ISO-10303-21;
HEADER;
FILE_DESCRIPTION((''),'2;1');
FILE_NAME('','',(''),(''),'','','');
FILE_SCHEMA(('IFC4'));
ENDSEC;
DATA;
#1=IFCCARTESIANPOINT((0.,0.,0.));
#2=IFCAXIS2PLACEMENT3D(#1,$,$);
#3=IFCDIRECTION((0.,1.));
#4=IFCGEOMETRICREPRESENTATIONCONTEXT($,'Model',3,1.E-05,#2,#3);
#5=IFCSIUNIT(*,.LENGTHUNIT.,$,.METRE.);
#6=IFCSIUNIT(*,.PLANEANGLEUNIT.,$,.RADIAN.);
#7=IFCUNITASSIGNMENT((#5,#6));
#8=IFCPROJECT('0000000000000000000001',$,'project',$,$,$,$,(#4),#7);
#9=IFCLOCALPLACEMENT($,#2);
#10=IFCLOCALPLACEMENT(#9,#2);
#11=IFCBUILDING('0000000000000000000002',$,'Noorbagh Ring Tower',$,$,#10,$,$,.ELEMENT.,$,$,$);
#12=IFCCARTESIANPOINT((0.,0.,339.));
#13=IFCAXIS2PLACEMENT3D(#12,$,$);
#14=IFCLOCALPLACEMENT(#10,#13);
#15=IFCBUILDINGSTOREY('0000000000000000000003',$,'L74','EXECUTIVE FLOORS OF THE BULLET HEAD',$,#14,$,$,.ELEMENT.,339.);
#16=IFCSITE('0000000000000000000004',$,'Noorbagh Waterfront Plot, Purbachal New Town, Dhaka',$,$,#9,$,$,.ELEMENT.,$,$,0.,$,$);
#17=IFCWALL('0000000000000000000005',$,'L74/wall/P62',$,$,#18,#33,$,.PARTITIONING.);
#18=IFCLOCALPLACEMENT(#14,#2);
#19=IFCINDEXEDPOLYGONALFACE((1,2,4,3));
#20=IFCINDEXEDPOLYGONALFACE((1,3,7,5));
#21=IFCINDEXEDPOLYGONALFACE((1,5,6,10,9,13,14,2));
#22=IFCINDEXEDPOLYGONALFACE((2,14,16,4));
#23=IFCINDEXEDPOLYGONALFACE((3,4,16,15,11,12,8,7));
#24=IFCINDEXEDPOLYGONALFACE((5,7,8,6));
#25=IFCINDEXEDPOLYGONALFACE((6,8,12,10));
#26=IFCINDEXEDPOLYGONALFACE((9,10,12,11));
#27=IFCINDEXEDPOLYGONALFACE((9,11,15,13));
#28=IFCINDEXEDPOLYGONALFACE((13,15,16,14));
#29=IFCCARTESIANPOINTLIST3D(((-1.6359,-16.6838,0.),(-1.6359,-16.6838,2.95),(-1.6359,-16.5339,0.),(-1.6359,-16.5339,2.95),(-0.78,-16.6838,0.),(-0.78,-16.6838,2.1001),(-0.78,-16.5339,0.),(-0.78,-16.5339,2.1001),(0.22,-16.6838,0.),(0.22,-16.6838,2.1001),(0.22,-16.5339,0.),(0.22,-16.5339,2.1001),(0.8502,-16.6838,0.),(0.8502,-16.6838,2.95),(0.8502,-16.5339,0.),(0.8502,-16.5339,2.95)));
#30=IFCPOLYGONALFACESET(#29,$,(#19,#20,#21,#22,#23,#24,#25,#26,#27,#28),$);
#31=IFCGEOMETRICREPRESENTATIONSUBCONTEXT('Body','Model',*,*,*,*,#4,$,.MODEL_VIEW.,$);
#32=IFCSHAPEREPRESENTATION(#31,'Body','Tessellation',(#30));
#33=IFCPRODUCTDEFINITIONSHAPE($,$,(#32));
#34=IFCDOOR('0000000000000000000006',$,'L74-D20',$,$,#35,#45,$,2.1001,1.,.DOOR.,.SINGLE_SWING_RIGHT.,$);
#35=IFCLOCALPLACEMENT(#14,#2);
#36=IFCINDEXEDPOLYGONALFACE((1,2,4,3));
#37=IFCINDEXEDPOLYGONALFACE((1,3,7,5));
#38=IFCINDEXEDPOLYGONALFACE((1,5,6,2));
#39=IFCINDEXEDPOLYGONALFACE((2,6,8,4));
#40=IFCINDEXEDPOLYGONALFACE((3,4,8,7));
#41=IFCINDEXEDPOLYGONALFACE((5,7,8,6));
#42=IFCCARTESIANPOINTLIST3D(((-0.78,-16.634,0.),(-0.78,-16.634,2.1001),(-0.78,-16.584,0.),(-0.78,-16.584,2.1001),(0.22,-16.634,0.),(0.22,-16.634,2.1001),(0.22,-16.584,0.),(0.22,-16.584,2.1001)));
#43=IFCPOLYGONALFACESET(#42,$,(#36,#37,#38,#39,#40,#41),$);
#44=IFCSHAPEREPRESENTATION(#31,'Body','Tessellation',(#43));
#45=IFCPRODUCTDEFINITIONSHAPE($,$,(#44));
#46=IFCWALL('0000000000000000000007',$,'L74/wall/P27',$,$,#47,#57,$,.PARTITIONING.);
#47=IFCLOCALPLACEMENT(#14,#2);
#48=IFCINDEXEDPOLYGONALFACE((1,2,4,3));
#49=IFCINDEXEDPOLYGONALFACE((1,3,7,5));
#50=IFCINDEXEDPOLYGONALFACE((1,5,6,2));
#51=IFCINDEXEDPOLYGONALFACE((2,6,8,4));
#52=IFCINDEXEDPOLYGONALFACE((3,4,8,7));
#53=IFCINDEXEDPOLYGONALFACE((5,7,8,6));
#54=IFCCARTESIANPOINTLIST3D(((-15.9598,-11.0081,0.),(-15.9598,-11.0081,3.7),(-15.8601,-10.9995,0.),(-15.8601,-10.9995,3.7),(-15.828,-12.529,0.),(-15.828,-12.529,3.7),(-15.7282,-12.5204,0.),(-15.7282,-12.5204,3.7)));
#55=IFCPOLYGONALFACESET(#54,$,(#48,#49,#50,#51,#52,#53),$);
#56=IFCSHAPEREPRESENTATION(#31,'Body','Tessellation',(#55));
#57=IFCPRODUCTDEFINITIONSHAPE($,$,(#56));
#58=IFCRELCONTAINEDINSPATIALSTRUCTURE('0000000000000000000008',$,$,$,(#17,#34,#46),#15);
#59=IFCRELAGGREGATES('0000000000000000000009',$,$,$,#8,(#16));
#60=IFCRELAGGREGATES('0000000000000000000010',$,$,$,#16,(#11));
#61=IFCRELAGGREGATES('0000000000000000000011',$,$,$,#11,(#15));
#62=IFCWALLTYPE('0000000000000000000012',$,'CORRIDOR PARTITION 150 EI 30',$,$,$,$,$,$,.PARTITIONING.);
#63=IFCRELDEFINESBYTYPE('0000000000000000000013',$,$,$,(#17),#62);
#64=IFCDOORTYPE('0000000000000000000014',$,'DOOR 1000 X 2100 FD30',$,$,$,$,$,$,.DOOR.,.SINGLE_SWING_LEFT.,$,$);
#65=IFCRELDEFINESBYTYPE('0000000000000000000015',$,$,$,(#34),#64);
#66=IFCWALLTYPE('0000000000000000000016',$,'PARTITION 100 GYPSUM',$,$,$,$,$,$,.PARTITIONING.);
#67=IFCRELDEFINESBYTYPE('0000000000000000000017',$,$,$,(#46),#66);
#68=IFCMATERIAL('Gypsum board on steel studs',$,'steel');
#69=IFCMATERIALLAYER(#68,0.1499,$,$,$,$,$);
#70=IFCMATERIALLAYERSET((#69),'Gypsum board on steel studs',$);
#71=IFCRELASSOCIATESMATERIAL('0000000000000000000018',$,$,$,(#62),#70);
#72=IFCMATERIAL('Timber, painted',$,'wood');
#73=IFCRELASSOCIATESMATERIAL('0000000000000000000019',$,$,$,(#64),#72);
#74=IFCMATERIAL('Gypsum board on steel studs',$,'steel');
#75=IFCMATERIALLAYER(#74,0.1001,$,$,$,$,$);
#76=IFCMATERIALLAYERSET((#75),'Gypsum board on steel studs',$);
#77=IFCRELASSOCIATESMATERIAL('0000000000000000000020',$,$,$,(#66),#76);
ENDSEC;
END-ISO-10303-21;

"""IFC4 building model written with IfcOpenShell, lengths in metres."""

from ifc_helpers import new_model, si_unit, direction, frame, frame_2d, origin, place, context, subcontext, project, spatial, rectangle, extrude, material, layer, layer_set, type_object, element, fill, save


model = new_model("IFC4")

# Units and contexts
model_context = context("Model", 3, precision=1e-05, world=origin(), true_north=direction((0.0, 1.0)))
body_context = subcontext(model_context, "Body", "Model", "MODEL_VIEW")
ifc_project = project(units=[si_unit("LENGTHUNIT", "METRE"), si_unit("PLANEANGLEUNIT", "RADIAN")], contexts=[model_context])

# Site, building, storey
site_placement = place(None, origin())
site = spatial("IfcSite", under=ifc_project, at=site_placement, Name="Noorbagh Waterfront Plot, Purbachal New Town, Dhaka", CompositionType="ELEMENT", RefElevation=0.0)
building_placement = place(site_placement, origin())
building = spatial("IfcBuilding", under=site, at=building_placement, Name="Noorbagh Ring Tower", CompositionType="ELEMENT")
storey_placement = place(building_placement, frame((0.0, 0.0, 339.0)))
storey = spatial("IfcBuildingStorey", under=building, at=storey_placement, Name="L74", Description="EXECUTIVE FLOORS OF THE BULLET HEAD", CompositionType="ELEMENT", Elevation=339.0)

# Shared definitions
ifc_material_1 = material(Name="Gypsum board on steel studs", Category="steel")
ifc_layer_1 = layer(ifc_material_1, 0.1499)
ifc_layer_set_1 = layer_set([ifc_layer_1], Name="Gypsum board on steel studs")
wall_type_1 = type_object("IfcWallType", Name="CORRIDOR PARTITION 150 EI 30", PredefinedType="PARTITIONING", material=ifc_layer_set_1)

# Shared definitions
ifc_material_2 = material(Name="Timber, painted", Category="wood")
door_type = type_object("IfcDoorType", Name="DOOR 1000 X 2100 FD30", OperationType="SINGLE_SWING_LEFT", PredefinedType="DOOR", material=ifc_material_2)

# Wall, opening, door
wall_1_placement = place(storey_placement, frame((-1.636, -16.6089, 0.0), z_axis=(0.0, 0.0, 1.0), x_axis=(1.0, 0.0, 0.0)))
wall_1 = element("IfcWall", 1, at=wall_1_placement, inside=storey, type_object=wall_type_1, Name="L74/wall/P62", PredefinedType="PARTITIONING", context=body_context, shape_type="SweptSolid", body=[
    extrude(rectangle(XDim=2.4861, YDim=0.1499, at=frame_2d((1.2432, 0.0))), origin(), (0.0, 0.0, 1.0), 2.95),
])
opening_1_placement = place(wall_1_placement, frame((0.856, 0.0, 0.0)))
opening_1 = element("IfcOpeningElement", 2, at=opening_1_placement, cuts=wall_1, PredefinedType="OPENING", context=body_context, shape_type="SweptSolid", body=[
    extrude(rectangle(XDim=1.0, YDim=2.1001, at=frame_2d((0.5, 1.05))), frame((0.0, 0.085, 0.0), z_axis=(0.0, -1.0, 0.0), x_axis=(1.0, 0.0, 0.0)), (0.0, 0.0, 1.0), 0.1699),
])
door_1_placement = place(opening_1_placement, origin())
door_1 = element("IfcDoor", 3, at=door_1_placement, inside=storey, type_object=door_type, Name="L74-D20", OperationType="SINGLE_SWING_RIGHT", OverallHeight=2.1001, OverallWidth=1.0, PredefinedType="DOOR", context=body_context, shape_type="SweptSolid", body=[
    extrude(rectangle(XDim=1.0, YDim=2.1001, at=frame_2d((0.5, 1.05))), frame((0.0, 0.0249, 0.0), z_axis=(0.0, -1.0, 0.0), x_axis=(1.0, 0.0, 0.0)), (0.0, 0.0, 1.0), 0.05),
])
fill(opening_1, door_1)

# Wall
ifc_material_3 = material(Name="Gypsum board on steel studs", Category="steel")
ifc_layer_2 = layer(ifc_material_3, 0.1001)
ifc_layer_set_2 = layer_set([ifc_layer_2], Name="Gypsum board on steel studs")
wall_type_2 = type_object("IfcWallType", Name="PARTITION 100 GYPSUM", PredefinedType="PARTITIONING", material=ifc_layer_set_2)
wall_2_placement = place(storey_placement, frame((-15.9099, -11.0039, 0.0), z_axis=(0.0, 0.0, 1.0), x_axis=(0.086354, -0.996265, 0.0)))
element("IfcWall", 4, at=wall_2_placement, inside=storey, type_object=wall_type_2, Name="L74/wall/P27", PredefinedType="PARTITIONING", context=body_context, shape_type="SweptSolid", body=[
    extrude(rectangle(XDim=1.5266, YDim=0.1001, at=frame_2d((0.7632, 0.0))), origin(), (0.0, 0.0, 1.0), 3.7),
])

save(model, "model.ifc")
